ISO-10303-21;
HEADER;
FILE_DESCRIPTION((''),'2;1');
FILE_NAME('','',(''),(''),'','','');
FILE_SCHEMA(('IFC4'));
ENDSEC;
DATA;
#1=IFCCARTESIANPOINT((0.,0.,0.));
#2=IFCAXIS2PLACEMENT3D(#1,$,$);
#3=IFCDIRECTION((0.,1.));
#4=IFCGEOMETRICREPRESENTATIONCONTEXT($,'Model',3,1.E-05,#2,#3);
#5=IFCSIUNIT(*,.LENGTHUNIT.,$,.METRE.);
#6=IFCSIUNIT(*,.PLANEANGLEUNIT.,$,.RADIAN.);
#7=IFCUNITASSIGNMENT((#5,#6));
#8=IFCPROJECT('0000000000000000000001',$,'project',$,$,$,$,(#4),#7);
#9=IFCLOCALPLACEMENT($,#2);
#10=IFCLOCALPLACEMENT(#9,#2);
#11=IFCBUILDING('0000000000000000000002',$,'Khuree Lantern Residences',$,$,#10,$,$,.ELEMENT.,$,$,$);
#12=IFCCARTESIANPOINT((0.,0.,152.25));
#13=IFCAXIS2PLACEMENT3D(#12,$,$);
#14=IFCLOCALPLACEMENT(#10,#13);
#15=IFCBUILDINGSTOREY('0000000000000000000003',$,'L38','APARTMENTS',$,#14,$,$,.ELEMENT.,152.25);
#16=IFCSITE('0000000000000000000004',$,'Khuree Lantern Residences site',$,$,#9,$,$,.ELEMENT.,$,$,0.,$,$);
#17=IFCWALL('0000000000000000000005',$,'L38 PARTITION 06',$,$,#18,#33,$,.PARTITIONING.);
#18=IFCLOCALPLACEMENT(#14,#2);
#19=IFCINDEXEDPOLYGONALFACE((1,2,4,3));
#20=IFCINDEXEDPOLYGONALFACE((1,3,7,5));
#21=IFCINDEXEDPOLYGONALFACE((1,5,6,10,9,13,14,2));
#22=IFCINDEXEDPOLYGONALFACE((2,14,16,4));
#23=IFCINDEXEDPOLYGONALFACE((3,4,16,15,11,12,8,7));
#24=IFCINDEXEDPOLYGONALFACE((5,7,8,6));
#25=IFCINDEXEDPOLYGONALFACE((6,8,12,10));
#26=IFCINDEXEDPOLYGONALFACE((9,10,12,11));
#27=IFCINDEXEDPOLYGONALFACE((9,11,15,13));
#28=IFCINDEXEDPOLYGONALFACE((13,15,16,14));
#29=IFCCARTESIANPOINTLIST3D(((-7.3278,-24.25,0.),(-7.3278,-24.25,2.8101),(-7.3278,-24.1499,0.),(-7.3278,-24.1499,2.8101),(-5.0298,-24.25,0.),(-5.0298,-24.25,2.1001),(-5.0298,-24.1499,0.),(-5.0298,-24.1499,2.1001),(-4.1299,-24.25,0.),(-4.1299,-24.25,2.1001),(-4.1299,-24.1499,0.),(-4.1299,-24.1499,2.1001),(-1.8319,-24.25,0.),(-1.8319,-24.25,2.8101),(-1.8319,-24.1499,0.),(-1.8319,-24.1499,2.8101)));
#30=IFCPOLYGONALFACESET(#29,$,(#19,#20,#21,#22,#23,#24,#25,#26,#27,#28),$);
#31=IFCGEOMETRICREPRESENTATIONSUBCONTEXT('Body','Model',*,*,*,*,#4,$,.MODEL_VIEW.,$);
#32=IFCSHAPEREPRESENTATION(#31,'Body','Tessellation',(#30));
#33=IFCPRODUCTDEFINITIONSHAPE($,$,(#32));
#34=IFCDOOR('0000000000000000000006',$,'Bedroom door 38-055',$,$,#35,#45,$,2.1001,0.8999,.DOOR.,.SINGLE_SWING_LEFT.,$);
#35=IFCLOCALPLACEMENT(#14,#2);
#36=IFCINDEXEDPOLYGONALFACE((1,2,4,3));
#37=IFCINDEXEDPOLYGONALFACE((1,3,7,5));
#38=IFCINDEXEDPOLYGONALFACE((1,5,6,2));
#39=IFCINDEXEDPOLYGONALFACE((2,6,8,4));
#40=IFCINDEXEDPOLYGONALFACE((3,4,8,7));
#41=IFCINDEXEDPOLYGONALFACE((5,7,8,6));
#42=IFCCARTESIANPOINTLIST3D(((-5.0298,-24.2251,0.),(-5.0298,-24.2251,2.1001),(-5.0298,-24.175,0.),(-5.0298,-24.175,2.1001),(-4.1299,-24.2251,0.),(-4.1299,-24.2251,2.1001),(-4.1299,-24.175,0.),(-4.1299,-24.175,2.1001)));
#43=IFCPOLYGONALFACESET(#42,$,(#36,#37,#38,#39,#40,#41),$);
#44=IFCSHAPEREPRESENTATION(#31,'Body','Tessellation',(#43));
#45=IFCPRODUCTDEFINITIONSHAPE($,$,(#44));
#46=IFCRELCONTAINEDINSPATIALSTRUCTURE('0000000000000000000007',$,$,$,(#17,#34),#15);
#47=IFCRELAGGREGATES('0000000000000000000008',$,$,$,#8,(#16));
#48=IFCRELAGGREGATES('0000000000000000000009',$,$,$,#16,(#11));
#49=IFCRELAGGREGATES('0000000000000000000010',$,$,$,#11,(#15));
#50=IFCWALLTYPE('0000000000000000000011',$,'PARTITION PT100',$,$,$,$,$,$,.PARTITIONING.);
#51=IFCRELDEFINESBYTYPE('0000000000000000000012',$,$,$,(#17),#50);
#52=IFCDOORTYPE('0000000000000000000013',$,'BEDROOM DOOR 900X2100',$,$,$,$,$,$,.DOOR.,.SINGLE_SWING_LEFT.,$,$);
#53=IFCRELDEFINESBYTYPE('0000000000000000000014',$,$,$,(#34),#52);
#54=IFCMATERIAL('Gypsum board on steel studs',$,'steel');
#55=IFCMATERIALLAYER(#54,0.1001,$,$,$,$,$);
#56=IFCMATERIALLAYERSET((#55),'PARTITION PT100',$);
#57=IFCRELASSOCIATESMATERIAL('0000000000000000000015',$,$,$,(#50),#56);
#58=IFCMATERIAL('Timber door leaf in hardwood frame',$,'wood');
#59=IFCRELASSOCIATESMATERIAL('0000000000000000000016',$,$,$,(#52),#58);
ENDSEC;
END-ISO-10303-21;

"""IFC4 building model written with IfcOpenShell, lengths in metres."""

from ifc_helpers import new_model, si_unit, direction, frame, frame_2d, origin, place, context, subcontext, project, spatial, rectangle, extrude, material, layer, layer_set, type_object, element, fill, save


model = new_model("IFC4")

# Units and contexts
model_context = context("Model", 3, precision=1e-05, world=origin(), true_north=direction((0.0, 1.0)))
body_context = subcontext(model_context, "Body", "Model", "MODEL_VIEW")
ifc_project = project(units=[si_unit("LENGTHUNIT", "METRE"), si_unit("PLANEANGLEUNIT", "RADIAN")], contexts=[model_context])

# Site, building, storey
site_placement = place(None, origin())
site = spatial("IfcSite", under=ifc_project, at=site_placement, Name="Khuree Lantern Residences site", CompositionType="ELEMENT", RefElevation=0.0)
building_placement = place(site_placement, origin())
building = spatial("IfcBuilding", under=site, at=building_placement, Name="Khuree Lantern Residences", CompositionType="ELEMENT")
storey_placement = place(building_placement, frame((0.0, 0.0, 152.25)))
storey = spatial("IfcBuildingStorey", under=building, at=storey_placement, Name="L38", Description="APARTMENTS", CompositionType="ELEMENT", Elevation=152.25)

# Shared definitions
ifc_material_1 = material(Name="Gypsum board on steel studs", Category="steel")
ifc_layer_1 = layer(ifc_material_1, 0.1001)
ifc_layer_set_1 = layer_set([ifc_layer_1], Name="PARTITION PT100")
wall_type_1 = type_object("IfcWallType", Name="PARTITION PT100", PredefinedType="PARTITIONING", material=ifc_layer_set_1)

# Wall, opening, door
ifc_material_2 = material(Name="Timber door leaf in hardwood frame", Category="wood")
door_type = type_object("IfcDoorType", Name="BEDROOM DOOR 900X2100", OperationType="SINGLE_SWING_LEFT", PredefinedType="DOOR", material=ifc_material_2)
wall_1_placement = place(storey_placement, frame((-7.3279, -24.2, 0.0), z_axis=(0.0, 0.0, 1.0), x_axis=(1.0, 0.0, 0.0)))
wall_1 = element("IfcWall", 1, at=wall_1_placement, inside=storey, type_object=wall_type_1, Name="L38 PARTITION 06", PredefinedType="PARTITIONING", context=body_context, shape_type="SweptSolid", body=[
    extrude(rectangle(XDim=5.4958, YDim=0.1001, at=frame_2d((2.748, 0.0))), origin(), (0.0, 0.0, 1.0), 2.8101),
])
opening_1_placement = place(wall_1_placement, frame((2.2981, 0.0, 0.0)))
opening_1 = element("IfcOpeningElement", 2, at=opening_1_placement, cuts=wall_1, PredefinedType="OPENING", context=body_context, shape_type="SweptSolid", body=[
    extrude(rectangle(XDim=0.8999, YDim=2.1001, at=frame_2d((0.45, 1.05))), frame((0.0, 0.0601, 0.0), z_axis=(0.0, -1.0, 0.0), x_axis=(1.0, 0.0, 0.0)), (0.0, 0.0, 1.0), 0.1201),
])
door_1_placement = place(opening_1_placement, origin())
door_1 = element("IfcDoor", 3, at=door_1_placement, inside=storey, type_object=door_type, Name="Bedroom door 38-055", OperationType="SINGLE_SWING_LEFT", OverallHeight=2.1001, OverallWidth=0.8999, PredefinedType="DOOR", context=body_context, shape_type="SweptSolid", body=[
    extrude(rectangle(XDim=0.8999, YDim=2.1001, at=frame_2d((0.45, 1.05))), frame((0.0, 0.0249, 0.0), z_axis=(0.0, -1.0, 0.0), x_axis=(1.0, 0.0, 0.0)), (0.0, 0.0, 1.0), 0.05),
])
fill(opening_1, door_1)

save(model, "model.ifc")
